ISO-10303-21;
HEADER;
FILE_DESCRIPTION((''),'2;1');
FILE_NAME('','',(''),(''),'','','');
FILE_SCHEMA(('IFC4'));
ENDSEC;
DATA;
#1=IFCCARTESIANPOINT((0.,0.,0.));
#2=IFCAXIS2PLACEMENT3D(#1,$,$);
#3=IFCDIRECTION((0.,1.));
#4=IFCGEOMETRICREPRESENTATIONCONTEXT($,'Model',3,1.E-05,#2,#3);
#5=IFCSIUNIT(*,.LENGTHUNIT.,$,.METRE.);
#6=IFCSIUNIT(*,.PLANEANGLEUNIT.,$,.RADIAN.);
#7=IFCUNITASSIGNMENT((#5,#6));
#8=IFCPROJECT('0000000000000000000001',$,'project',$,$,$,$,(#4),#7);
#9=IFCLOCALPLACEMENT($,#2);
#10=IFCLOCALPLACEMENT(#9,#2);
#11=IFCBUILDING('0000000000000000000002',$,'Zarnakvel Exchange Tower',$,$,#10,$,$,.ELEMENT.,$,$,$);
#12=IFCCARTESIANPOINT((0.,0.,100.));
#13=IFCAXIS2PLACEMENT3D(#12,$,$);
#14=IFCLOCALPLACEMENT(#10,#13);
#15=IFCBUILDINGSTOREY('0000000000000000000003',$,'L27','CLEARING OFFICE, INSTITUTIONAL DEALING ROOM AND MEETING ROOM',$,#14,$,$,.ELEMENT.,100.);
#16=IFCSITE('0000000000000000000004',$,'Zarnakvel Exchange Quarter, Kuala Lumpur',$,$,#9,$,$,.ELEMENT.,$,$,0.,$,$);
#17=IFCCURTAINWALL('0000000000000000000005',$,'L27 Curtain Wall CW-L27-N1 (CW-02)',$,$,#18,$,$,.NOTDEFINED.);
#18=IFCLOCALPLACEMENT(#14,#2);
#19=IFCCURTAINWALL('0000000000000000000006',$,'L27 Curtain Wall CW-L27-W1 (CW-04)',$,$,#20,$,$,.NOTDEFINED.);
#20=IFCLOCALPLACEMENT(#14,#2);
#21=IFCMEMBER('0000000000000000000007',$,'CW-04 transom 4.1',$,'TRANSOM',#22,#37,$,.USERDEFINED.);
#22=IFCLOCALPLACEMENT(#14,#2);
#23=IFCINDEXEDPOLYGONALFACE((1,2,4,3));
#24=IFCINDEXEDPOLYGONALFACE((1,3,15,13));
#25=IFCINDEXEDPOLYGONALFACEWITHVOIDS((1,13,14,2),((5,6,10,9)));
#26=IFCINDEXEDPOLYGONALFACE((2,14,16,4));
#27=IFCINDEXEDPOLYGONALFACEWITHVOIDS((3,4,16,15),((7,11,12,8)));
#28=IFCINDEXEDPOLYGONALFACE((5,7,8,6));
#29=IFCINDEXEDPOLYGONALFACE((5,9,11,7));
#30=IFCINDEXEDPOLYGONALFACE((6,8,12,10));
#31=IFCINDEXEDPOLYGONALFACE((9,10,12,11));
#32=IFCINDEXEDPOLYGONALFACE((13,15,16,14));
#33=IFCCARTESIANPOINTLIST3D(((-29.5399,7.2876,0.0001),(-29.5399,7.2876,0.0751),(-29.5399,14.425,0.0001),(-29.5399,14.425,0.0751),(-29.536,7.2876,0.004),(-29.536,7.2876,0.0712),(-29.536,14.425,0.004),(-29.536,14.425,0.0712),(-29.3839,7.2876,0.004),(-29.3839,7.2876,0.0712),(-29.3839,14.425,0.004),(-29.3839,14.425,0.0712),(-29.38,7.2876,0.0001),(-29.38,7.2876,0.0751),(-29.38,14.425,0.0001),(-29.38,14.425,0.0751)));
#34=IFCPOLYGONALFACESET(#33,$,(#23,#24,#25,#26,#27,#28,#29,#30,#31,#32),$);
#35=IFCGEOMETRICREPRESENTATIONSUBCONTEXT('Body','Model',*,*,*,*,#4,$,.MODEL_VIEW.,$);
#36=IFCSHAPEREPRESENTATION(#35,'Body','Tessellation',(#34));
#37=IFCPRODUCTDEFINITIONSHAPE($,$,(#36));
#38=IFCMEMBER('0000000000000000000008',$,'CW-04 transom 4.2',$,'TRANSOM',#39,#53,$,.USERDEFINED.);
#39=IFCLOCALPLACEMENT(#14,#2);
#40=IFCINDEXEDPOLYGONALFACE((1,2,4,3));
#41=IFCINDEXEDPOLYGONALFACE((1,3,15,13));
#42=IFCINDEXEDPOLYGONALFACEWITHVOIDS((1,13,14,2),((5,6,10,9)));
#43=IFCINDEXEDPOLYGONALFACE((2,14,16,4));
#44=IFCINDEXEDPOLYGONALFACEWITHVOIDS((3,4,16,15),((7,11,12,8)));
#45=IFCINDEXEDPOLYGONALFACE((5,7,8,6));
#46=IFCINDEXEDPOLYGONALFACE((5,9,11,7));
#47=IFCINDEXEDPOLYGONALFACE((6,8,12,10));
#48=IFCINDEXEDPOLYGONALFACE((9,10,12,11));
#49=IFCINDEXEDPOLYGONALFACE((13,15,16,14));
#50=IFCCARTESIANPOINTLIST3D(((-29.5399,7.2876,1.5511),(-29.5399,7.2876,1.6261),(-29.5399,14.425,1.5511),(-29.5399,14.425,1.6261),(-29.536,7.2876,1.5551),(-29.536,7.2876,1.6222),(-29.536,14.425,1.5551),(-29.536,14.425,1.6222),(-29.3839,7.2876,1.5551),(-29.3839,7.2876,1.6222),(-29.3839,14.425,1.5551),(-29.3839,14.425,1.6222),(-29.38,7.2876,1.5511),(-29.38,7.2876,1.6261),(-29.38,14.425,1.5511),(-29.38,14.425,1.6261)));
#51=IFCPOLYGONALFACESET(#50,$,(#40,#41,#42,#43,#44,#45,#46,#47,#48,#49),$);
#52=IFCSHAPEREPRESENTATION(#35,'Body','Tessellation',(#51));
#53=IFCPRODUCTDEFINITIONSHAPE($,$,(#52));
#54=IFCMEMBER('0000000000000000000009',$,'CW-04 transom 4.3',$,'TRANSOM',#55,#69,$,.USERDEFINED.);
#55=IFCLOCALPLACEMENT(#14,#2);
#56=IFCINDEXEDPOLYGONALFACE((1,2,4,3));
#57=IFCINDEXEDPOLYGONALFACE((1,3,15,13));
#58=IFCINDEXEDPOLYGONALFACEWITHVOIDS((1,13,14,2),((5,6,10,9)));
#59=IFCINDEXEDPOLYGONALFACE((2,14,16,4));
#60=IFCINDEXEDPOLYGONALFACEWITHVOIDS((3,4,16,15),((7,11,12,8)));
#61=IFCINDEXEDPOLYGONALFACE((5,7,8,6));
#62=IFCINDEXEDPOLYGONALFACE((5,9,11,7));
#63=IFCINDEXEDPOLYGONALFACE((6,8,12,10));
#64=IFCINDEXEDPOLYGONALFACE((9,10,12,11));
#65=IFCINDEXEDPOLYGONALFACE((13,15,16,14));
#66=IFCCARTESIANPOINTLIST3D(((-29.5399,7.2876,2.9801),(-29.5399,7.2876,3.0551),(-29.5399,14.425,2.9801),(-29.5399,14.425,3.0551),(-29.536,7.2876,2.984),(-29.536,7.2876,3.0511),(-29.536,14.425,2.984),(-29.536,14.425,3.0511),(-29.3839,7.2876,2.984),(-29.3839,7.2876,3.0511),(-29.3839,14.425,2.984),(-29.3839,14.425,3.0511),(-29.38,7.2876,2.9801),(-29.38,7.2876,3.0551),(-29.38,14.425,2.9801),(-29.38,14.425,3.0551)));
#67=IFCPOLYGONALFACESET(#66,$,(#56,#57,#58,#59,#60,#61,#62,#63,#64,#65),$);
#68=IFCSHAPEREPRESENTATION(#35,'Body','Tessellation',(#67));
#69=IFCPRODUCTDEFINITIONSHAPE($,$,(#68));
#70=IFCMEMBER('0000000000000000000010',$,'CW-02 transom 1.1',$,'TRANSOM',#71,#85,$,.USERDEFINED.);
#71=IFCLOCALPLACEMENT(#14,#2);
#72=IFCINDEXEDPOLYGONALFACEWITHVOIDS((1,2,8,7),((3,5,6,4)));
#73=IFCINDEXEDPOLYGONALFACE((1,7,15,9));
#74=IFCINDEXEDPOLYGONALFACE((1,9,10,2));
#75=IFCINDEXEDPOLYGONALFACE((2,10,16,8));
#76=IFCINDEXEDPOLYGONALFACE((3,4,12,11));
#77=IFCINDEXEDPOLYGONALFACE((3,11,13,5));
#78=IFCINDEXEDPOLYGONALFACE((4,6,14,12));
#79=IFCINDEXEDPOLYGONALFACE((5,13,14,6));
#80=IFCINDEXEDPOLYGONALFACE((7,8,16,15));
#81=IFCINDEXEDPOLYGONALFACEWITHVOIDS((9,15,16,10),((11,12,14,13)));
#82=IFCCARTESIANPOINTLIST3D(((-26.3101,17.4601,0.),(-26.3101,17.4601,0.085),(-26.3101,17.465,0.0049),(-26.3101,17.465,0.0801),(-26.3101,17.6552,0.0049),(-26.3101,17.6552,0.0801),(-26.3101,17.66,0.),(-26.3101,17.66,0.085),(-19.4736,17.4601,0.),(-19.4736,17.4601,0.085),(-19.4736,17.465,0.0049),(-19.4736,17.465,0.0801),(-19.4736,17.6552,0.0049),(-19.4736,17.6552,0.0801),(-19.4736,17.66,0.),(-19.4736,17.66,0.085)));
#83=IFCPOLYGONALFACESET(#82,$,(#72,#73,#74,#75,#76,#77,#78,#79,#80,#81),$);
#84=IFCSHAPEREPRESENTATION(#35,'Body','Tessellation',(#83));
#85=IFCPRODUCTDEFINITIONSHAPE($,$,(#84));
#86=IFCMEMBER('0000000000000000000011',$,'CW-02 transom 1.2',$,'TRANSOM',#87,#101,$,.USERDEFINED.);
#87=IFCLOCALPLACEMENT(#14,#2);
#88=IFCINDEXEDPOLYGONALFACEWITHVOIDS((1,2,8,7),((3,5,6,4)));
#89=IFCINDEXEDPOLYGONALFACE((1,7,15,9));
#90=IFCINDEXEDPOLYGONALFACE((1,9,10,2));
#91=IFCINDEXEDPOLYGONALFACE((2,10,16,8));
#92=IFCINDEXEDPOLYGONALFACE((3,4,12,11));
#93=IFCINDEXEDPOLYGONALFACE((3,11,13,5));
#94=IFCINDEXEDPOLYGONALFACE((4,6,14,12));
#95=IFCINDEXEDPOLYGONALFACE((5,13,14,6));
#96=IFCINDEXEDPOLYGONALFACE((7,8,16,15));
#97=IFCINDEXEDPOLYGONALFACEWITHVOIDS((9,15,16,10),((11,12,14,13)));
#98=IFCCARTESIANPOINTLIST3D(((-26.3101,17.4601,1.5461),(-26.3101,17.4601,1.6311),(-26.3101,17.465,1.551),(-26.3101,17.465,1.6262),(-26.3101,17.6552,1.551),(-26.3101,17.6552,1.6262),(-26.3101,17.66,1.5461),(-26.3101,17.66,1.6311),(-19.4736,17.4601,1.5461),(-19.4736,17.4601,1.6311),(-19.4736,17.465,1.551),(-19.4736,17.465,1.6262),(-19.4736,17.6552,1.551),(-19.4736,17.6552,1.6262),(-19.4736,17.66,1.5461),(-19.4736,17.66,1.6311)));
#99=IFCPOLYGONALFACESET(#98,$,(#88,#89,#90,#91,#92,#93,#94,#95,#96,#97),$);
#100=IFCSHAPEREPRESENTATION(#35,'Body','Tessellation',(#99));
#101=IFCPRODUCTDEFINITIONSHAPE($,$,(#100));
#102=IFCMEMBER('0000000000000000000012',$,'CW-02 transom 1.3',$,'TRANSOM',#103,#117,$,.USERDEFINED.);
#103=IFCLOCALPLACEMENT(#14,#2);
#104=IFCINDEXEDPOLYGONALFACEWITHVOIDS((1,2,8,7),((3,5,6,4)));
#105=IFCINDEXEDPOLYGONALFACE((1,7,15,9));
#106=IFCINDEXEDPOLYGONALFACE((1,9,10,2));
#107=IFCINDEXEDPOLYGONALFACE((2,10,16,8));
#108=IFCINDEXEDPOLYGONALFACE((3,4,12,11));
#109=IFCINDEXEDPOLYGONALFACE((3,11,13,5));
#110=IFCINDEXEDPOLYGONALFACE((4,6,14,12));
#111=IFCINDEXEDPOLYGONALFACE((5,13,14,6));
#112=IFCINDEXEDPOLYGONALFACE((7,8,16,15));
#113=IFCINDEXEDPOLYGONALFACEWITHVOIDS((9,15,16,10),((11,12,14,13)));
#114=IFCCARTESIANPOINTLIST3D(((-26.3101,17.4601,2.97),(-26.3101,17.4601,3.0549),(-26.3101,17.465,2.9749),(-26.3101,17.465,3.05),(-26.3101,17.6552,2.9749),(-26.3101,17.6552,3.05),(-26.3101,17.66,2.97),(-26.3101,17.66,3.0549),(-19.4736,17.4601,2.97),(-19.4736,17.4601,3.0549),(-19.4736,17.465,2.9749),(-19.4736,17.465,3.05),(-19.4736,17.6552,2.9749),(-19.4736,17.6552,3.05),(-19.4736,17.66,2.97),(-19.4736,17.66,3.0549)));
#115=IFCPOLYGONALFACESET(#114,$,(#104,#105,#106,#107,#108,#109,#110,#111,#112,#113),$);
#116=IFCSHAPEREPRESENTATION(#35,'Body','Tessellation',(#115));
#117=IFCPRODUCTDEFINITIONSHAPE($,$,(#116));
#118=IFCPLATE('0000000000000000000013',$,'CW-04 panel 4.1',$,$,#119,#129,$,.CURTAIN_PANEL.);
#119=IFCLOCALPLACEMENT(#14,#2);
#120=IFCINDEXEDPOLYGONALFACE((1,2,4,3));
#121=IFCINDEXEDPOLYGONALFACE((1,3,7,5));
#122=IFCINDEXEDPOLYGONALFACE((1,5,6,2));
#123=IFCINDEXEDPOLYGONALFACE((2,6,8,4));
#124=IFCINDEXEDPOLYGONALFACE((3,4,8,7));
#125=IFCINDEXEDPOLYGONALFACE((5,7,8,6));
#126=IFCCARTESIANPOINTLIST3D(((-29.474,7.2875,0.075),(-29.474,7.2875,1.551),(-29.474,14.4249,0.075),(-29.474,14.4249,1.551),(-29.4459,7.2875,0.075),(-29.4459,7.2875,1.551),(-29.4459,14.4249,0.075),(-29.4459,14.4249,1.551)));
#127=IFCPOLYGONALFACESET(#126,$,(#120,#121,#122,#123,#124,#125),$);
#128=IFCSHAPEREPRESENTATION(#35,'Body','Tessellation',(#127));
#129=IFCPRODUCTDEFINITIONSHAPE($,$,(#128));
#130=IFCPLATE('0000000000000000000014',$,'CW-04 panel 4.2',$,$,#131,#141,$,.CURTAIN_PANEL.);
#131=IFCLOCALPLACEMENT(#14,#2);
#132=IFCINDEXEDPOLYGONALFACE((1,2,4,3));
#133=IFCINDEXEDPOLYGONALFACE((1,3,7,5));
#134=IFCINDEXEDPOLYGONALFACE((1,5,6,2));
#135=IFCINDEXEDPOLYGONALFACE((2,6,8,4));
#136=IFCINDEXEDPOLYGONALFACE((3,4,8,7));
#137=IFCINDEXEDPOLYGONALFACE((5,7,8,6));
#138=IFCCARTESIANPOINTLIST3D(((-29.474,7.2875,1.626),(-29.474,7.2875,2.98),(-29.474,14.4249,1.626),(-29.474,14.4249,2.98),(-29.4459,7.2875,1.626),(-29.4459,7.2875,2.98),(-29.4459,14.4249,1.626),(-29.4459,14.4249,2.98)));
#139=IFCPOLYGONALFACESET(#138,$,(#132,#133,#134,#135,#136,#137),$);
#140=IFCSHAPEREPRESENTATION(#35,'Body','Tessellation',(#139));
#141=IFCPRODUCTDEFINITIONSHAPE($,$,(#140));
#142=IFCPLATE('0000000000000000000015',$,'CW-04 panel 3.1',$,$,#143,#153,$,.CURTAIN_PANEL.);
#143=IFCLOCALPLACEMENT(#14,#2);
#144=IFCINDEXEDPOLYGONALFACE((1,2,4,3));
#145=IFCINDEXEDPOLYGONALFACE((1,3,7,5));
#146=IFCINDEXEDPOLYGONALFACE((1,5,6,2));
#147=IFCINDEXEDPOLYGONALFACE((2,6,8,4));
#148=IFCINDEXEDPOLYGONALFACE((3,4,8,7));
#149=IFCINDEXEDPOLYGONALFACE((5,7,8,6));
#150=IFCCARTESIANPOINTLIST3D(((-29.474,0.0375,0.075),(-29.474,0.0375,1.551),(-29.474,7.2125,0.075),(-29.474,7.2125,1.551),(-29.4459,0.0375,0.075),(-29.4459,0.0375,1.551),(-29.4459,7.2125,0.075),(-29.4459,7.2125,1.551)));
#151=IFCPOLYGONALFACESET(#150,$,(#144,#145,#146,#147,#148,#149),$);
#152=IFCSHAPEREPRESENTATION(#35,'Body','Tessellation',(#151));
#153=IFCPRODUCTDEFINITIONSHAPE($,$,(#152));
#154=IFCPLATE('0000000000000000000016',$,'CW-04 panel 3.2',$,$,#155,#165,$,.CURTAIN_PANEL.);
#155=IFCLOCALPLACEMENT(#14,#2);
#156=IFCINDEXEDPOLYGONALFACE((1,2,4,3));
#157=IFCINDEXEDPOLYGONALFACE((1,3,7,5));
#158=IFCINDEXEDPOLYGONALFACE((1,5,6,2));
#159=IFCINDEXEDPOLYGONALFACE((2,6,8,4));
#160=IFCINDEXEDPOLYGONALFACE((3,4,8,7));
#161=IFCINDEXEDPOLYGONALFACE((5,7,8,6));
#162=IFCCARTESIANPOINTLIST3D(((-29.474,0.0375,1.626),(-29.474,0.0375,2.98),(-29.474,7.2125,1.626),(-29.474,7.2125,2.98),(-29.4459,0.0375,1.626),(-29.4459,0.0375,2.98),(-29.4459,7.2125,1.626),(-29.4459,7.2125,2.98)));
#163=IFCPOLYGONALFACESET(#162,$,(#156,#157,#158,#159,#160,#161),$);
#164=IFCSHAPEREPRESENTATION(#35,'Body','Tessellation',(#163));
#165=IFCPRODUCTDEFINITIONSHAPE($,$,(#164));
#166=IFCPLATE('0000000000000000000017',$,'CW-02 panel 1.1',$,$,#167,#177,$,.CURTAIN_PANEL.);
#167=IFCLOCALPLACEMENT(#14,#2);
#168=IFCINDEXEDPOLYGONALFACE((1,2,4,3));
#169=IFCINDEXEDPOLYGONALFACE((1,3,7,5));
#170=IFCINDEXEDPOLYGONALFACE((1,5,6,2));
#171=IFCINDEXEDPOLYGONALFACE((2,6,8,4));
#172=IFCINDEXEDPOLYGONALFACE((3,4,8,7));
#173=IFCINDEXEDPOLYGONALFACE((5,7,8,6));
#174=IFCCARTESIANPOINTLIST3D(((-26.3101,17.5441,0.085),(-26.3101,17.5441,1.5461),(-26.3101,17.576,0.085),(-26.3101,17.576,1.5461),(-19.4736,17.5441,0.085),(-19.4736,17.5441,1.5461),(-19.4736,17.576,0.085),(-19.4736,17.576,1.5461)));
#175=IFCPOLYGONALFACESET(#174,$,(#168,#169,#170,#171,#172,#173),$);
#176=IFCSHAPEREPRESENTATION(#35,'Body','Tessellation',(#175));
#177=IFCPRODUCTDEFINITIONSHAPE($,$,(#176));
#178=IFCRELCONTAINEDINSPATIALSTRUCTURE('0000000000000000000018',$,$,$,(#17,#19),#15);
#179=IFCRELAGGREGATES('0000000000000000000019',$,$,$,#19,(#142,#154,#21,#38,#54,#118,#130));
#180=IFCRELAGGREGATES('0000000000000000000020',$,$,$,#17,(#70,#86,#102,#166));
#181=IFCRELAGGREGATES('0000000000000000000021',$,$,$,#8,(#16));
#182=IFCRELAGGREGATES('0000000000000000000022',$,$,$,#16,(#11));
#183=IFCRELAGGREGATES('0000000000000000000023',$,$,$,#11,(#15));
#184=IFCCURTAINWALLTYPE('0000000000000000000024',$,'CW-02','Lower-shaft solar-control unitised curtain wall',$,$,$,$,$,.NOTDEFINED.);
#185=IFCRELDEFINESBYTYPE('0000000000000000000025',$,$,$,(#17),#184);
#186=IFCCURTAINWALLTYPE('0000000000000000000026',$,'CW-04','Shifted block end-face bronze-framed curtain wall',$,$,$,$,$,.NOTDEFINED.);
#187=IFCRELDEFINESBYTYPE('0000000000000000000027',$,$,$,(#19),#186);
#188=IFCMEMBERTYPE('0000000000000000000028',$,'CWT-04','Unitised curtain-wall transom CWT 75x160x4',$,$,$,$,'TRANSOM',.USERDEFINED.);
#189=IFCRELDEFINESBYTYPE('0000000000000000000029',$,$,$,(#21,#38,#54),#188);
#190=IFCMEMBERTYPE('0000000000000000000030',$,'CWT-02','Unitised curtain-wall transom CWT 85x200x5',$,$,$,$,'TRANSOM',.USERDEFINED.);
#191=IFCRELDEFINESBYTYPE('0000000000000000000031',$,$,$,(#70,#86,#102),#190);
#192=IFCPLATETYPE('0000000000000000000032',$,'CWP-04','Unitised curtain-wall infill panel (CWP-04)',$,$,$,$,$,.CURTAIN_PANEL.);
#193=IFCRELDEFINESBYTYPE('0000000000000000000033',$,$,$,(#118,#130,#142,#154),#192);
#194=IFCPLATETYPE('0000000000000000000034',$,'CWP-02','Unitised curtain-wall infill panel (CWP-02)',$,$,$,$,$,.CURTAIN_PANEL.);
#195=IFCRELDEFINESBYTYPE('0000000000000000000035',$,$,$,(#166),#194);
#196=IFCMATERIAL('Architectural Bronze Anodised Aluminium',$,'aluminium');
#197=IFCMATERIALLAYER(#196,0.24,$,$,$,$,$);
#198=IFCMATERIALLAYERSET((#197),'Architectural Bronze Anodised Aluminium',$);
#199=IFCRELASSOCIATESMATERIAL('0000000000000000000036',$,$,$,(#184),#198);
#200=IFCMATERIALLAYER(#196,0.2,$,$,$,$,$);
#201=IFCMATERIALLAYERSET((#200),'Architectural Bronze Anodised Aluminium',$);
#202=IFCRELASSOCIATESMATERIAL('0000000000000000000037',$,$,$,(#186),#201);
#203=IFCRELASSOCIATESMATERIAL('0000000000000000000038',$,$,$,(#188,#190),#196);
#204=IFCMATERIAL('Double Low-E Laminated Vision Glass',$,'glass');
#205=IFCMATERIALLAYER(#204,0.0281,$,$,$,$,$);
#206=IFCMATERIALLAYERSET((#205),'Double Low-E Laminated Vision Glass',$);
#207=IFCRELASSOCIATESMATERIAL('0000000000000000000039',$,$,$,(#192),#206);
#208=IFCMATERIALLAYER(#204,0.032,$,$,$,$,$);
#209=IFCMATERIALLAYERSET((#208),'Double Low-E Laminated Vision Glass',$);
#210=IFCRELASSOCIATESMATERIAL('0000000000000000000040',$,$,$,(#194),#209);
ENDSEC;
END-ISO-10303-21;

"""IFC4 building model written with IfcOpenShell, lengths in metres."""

from ifc_helpers import new_model, si_unit, direction, frame, origin, origin_2d, place, context, subcontext, project, spatial, rectangle, hollow_rectangle, extrude, source, transform, mapped, material, layer, layer_set, material_profile, profile_set, type_object, element, aggregate, save


model = new_model("IFC4")

# Units and contexts
model_context = context("Model", 3, precision=1e-05, world=origin(), true_north=direction((0.0, 1.0)))
body_context = subcontext(model_context, "Body", "Model", "MODEL_VIEW")
ifc_project = project(units=[si_unit("LENGTHUNIT", "METRE"), si_unit("PLANEANGLEUNIT", "RADIAN")], contexts=[model_context])

# Site, building, storey
site_placement = place(None, origin())
site = spatial("IfcSite", under=ifc_project, at=site_placement, Name="Zarnakvel Exchange Quarter, Kuala Lumpur", CompositionType="ELEMENT", RefElevation=0.0)
building_placement = place(site_placement, origin())
building = spatial("IfcBuilding", under=site, at=building_placement, Name="Zarnakvel Exchange Tower", CompositionType="ELEMENT")
storey_placement = place(building_placement, frame((0.0, 0.0, 100.0)))
storey = spatial("IfcBuildingStorey", under=building, at=storey_placement, Name="L27", Description="CLEARING OFFICE, INSTITUTIONAL DEALING ROOM AND MEETING ROOM", CompositionType="ELEMENT", Elevation=100.0)

# Curtain wall
ifc_material_1 = material(Name="Architectural Bronze Anodised Aluminium", Category="aluminium")
ifc_layer_1 = layer(ifc_material_1, 0.24)
ifc_layer_set_1 = layer_set([ifc_layer_1], Name="Architectural Bronze Anodised Aluminium")
curtain_wall_type_1 = type_object("IfcCurtainWallType", Name="CW-02", Description="Lower-shaft solar-control unitised curtain wall", PredefinedType="NOTDEFINED", material=ifc_layer_set_1)
curtain_wall_1_placement = place(storey_placement, origin())
curtain_wall_1 = element("IfcCurtainWall", 1, at=curtain_wall_1_placement, inside=storey, type_object=curtain_wall_type_1, Name="L27 Curtain Wall CW-L27-N1 (CW-02)", PredefinedType="NOTDEFINED")

# Curtain wall, members
ifc_layer_2 = layer(ifc_material_1, 0.2)
ifc_layer_set_2 = layer_set([ifc_layer_2], Name="Architectural Bronze Anodised Aluminium")
curtain_wall_type_2 = type_object("IfcCurtainWallType", Name="CW-04", Description="Shifted block end-face bronze-framed curtain wall", PredefinedType="NOTDEFINED", material=ifc_layer_set_2)
curtain_wall_2_placement = place(storey_placement, origin())
curtain_wall_2 = element("IfcCurtainWall", 2, at=curtain_wall_2_placement, inside=storey, type_object=curtain_wall_type_2, Name="L27 Curtain Wall CW-L27-W1 (CW-04)", PredefinedType="NOTDEFINED")
ifc_material_profile_1 = material_profile(ifc_material_1, hollow_rectangle(XDim=0.1599, YDim=0.075, WallThickness=0.0039, at=origin_2d()))
ifc_profile_set_1 = profile_set([ifc_material_profile_1], Name="Architectural Bronze Anodised Aluminium")
member_type_1 = type_object("IfcMemberType", Name="CWT-04", Description="Unitised curtain-wall transom CWT 75x160x4", ElementType="TRANSOM", PredefinedType="USERDEFINED", material=ifc_profile_set_1)
shared_shape_1 = source(origin(), body_context, "Body", "SweptSolid", [
    extrude(hollow_rectangle(XDim=0.1599, YDim=0.075, WallThickness=0.0039, at=origin_2d()), origin(), (0.0, 0.0, 1.0), 7.1375),
])
member_1_placement = place(storey_placement, frame((-29.46, 7.2876, 0.0376), z_axis=(0.0, 1.0, 0.0), x_axis=(-1.0, 0.0, 0.0)))
member_1 = element("IfcMember", 3, at=member_1_placement, type_object=member_type_1, Name="CW-04 transom 4.1", ObjectType="TRANSOM", PredefinedType="USERDEFINED", context=body_context, shape_type="MappedRepresentation", body=[
    mapped(shared_shape_1, transform((0.0, 0.0, 0.0), x_axis=(1.0, 0.0, 0.0), y_axis=(0.0, 1.0, 0.0), z_axis=(0.0, 0.0, 1.0), scale=1.0)),
])
member_2_placement = place(storey_placement, frame((-29.46, 7.2876, 1.5886), z_axis=(0.0, 1.0, 0.0), x_axis=(-1.0, 0.0, 0.0)))
member_2 = element("IfcMember", 4, at=member_2_placement, type_object=member_type_1, Name="CW-04 transom 4.2", ObjectType="TRANSOM", PredefinedType="USERDEFINED", context=body_context, shape_type="MappedRepresentation", body=[
    mapped(shared_shape_1, transform((0.0, 0.0, 0.0), x_axis=(1.0, 0.0, 0.0), y_axis=(0.0, 1.0, 0.0), z_axis=(0.0, 0.0, 1.0), scale=1.0)),
])
member_3_placement = place(storey_placement, frame((-29.46, 7.2876, 3.0176), z_axis=(0.0, 1.0, 0.0), x_axis=(-1.0, 0.0, 0.0)))
member_3 = element("IfcMember", 5, at=member_3_placement, type_object=member_type_1, Name="CW-04 transom 4.3", ObjectType="TRANSOM", PredefinedType="USERDEFINED", context=body_context, shape_type="MappedRepresentation", body=[
    mapped(shared_shape_1, transform((0.0, 0.0, 0.0), x_axis=(1.0, 0.0, 0.0), y_axis=(0.0, 1.0, 0.0), z_axis=(0.0, 0.0, 1.0), scale=1.0)),
])

# Members
ifc_material_profile_2 = material_profile(ifc_material_1, hollow_rectangle(XDim=0.2, YDim=0.085, WallThickness=0.0049, at=origin_2d()))
ifc_profile_set_2 = profile_set([ifc_material_profile_2], Name="Architectural Bronze Anodised Aluminium")
member_type_2 = type_object("IfcMemberType", Name="CWT-02", Description="Unitised curtain-wall transom CWT 85x200x5", ElementType="TRANSOM", PredefinedType="USERDEFINED", material=ifc_profile_set_2)
shared_shape_2 = source(origin(), body_context, "Body", "SweptSolid", [
    extrude(hollow_rectangle(XDim=0.2, YDim=0.085, WallThickness=0.0049, at=origin_2d()), origin(), (0.0, 0.0, 1.0), 6.8364),
])
member_4_placement = place(storey_placement, frame((-26.3101, 17.5601, 0.0425), z_axis=(1.0, 0.0, 0.0), x_axis=(0.0, 1.0, 0.0)))
member_4 = element("IfcMember", 6, at=member_4_placement, type_object=member_type_2, Name="CW-02 transom 1.1", ObjectType="TRANSOM", PredefinedType="USERDEFINED", context=body_context, shape_type="MappedRepresentation", body=[
    mapped(shared_shape_2, transform((0.0, 0.0, 0.0), x_axis=(1.0, 0.0, 0.0), y_axis=(0.0, 1.0, 0.0), z_axis=(0.0, 0.0, 1.0), scale=1.0)),
])
member_5_placement = place(storey_placement, frame((-26.3101, 17.5601, 1.5886), z_axis=(1.0, 0.0, 0.0), x_axis=(0.0, 1.0, 0.0)))
member_5 = element("IfcMember", 7, at=member_5_placement, type_object=member_type_2, Name="CW-02 transom 1.2", ObjectType="TRANSOM", PredefinedType="USERDEFINED", context=body_context, shape_type="MappedRepresentation", body=[
    mapped(shared_shape_2, transform((0.0, 0.0, 0.0), x_axis=(1.0, 0.0, 0.0), y_axis=(0.0, 1.0, 0.0), z_axis=(0.0, 0.0, 1.0), scale=1.0)),
])
member_6_placement = place(storey_placement, frame((-26.3101, 17.5601, 3.0125), z_axis=(1.0, 0.0, 0.0), x_axis=(0.0, 1.0, 0.0)))
member_6 = element("IfcMember", 8, at=member_6_placement, type_object=member_type_2, Name="CW-02 transom 1.3", ObjectType="TRANSOM", PredefinedType="USERDEFINED", context=body_context, shape_type="MappedRepresentation", body=[
    mapped(shared_shape_2, transform((0.0, 0.0, 0.0), x_axis=(1.0, 0.0, 0.0), y_axis=(0.0, 1.0, 0.0), z_axis=(0.0, 0.0, 1.0), scale=1.0)),
])

# Plates
ifc_material_2 = material(Name="Double Low-E Laminated Vision Glass", Category="glass")
ifc_layer_3 = layer(ifc_material_2, 0.0281)
ifc_layer_set_3 = layer_set([ifc_layer_3], Name="Double Low-E Laminated Vision Glass")
plate_type_1 = type_object("IfcPlateType", Name="CWP-04", Description="Unitised curtain-wall infill panel (CWP-04)", PredefinedType="CURTAIN_PANEL", material=ifc_layer_set_3)
shared_shape_3 = source(origin(), body_context, "Body", "SweptSolid", [
    extrude(rectangle(XDim=7.1375, YDim=0.0281, at=origin_2d()), origin(), (0.0, 0.0, 1.0), 1.4761),
])
plate_1_placement = place(storey_placement, frame((-29.46, 10.8562, 0.075), z_axis=(0.0, 0.0, 1.0), x_axis=(0.0, 1.0, 0.0)))
plate_1 = element("IfcPlate", 9, at=plate_1_placement, type_object=plate_type_1, Name="CW-04 panel 4.1", PredefinedType="CURTAIN_PANEL", context=body_context, shape_type="MappedRepresentation", body=[
    mapped(shared_shape_3, transform((0.0, 0.0, 0.0), x_axis=(1.0, 0.0, 0.0), y_axis=(0.0, 1.0, 0.0), z_axis=(0.0, 0.0, 1.0), scale=1.0)),
])
shared_shape_4 = source(origin(), body_context, "Body", "SweptSolid", [
    extrude(rectangle(XDim=7.1375, YDim=0.0281, at=origin_2d()), origin(), (0.0, 0.0, 1.0), 1.354),
])
plate_2_placement = place(storey_placement, frame((-29.46, 10.8562, 1.626), z_axis=(0.0, 0.0, 1.0), x_axis=(0.0, 1.0, 0.0)))
plate_2 = element("IfcPlate", 10, at=plate_2_placement, type_object=plate_type_1, Name="CW-04 panel 4.2", PredefinedType="CURTAIN_PANEL", context=body_context, shape_type="MappedRepresentation", body=[
    mapped(shared_shape_4, transform((0.0, 0.0, 0.0), x_axis=(1.0, 0.0, 0.0), y_axis=(0.0, 1.0, 0.0), z_axis=(0.0, 0.0, 1.0), scale=1.0)),
])
shared_shape_5 = source(origin(), body_context, "Body", "SweptSolid", [
    extrude(rectangle(XDim=7.175, YDim=0.0281, at=origin_2d()), origin(), (0.0, 0.0, 1.0), 1.4761),
])
plate_3_placement = place(storey_placement, frame((-29.46, 3.625, 0.075), z_axis=(0.0, 0.0, 1.0), x_axis=(0.0, 1.0, 0.0)))
plate_3 = element("IfcPlate", 11, at=plate_3_placement, type_object=plate_type_1, Name="CW-04 panel 3.1", PredefinedType="CURTAIN_PANEL", context=body_context, shape_type="MappedRepresentation", body=[
    mapped(shared_shape_5, transform((0.0, 0.0, 0.0), x_axis=(1.0, 0.0, 0.0), y_axis=(0.0, 1.0, 0.0), z_axis=(0.0, 0.0, 1.0), scale=1.0)),
])
shared_shape_6 = source(origin(), body_context, "Body", "SweptSolid", [
    extrude(rectangle(XDim=7.175, YDim=0.0281, at=origin_2d()), origin(), (0.0, 0.0, 1.0), 1.354),
])
plate_4_placement = place(storey_placement, frame((-29.46, 3.625, 1.626), z_axis=(0.0, 0.0, 1.0), x_axis=(0.0, 1.0, 0.0)))
plate_4 = element("IfcPlate", 12, at=plate_4_placement, type_object=plate_type_1, Name="CW-04 panel 3.2", PredefinedType="CURTAIN_PANEL", context=body_context, shape_type="MappedRepresentation", body=[
    mapped(shared_shape_6, transform((0.0, 0.0, 0.0), x_axis=(1.0, 0.0, 0.0), y_axis=(0.0, 1.0, 0.0), z_axis=(0.0, 0.0, 1.0), scale=1.0)),
])
aggregate(curtain_wall_2, [plate_3, plate_4, member_1, member_2, member_3, plate_1, plate_2])
ifc_layer_4 = layer(ifc_material_2, 0.032)
ifc_layer_set_4 = layer_set([ifc_layer_4], Name="Double Low-E Laminated Vision Glass")
plate_type_2 = type_object("IfcPlateType", Name="CWP-02", Description="Unitised curtain-wall infill panel (CWP-02)", PredefinedType="CURTAIN_PANEL", material=ifc_layer_set_4)
shared_shape_7 = source(origin(), body_context, "Body", "SweptSolid", [
    extrude(rectangle(XDim=6.8364, YDim=0.032, at=origin_2d()), origin(), (0.0, 0.0, 1.0), 1.4612),
])
plate_5_placement = place(storey_placement, frame((-22.8918, 17.5601, 0.085), z_axis=(0.0, 0.0, 1.0), x_axis=(1.0, 0.0, 0.0)))
plate_5 = element("IfcPlate", 13, at=plate_5_placement, type_object=plate_type_2, Name="CW-02 panel 1.1", PredefinedType="CURTAIN_PANEL", context=body_context, shape_type="MappedRepresentation", body=[
    mapped(shared_shape_7, transform((0.0, 0.0, 0.0), x_axis=(1.0, 0.0, 0.0), y_axis=(0.0, 1.0, 0.0), z_axis=(0.0, 0.0, 1.0), scale=1.0)),
])
aggregate(curtain_wall_1, [member_4, member_5, member_6, plate_5])

save(model, "model.ifc")
